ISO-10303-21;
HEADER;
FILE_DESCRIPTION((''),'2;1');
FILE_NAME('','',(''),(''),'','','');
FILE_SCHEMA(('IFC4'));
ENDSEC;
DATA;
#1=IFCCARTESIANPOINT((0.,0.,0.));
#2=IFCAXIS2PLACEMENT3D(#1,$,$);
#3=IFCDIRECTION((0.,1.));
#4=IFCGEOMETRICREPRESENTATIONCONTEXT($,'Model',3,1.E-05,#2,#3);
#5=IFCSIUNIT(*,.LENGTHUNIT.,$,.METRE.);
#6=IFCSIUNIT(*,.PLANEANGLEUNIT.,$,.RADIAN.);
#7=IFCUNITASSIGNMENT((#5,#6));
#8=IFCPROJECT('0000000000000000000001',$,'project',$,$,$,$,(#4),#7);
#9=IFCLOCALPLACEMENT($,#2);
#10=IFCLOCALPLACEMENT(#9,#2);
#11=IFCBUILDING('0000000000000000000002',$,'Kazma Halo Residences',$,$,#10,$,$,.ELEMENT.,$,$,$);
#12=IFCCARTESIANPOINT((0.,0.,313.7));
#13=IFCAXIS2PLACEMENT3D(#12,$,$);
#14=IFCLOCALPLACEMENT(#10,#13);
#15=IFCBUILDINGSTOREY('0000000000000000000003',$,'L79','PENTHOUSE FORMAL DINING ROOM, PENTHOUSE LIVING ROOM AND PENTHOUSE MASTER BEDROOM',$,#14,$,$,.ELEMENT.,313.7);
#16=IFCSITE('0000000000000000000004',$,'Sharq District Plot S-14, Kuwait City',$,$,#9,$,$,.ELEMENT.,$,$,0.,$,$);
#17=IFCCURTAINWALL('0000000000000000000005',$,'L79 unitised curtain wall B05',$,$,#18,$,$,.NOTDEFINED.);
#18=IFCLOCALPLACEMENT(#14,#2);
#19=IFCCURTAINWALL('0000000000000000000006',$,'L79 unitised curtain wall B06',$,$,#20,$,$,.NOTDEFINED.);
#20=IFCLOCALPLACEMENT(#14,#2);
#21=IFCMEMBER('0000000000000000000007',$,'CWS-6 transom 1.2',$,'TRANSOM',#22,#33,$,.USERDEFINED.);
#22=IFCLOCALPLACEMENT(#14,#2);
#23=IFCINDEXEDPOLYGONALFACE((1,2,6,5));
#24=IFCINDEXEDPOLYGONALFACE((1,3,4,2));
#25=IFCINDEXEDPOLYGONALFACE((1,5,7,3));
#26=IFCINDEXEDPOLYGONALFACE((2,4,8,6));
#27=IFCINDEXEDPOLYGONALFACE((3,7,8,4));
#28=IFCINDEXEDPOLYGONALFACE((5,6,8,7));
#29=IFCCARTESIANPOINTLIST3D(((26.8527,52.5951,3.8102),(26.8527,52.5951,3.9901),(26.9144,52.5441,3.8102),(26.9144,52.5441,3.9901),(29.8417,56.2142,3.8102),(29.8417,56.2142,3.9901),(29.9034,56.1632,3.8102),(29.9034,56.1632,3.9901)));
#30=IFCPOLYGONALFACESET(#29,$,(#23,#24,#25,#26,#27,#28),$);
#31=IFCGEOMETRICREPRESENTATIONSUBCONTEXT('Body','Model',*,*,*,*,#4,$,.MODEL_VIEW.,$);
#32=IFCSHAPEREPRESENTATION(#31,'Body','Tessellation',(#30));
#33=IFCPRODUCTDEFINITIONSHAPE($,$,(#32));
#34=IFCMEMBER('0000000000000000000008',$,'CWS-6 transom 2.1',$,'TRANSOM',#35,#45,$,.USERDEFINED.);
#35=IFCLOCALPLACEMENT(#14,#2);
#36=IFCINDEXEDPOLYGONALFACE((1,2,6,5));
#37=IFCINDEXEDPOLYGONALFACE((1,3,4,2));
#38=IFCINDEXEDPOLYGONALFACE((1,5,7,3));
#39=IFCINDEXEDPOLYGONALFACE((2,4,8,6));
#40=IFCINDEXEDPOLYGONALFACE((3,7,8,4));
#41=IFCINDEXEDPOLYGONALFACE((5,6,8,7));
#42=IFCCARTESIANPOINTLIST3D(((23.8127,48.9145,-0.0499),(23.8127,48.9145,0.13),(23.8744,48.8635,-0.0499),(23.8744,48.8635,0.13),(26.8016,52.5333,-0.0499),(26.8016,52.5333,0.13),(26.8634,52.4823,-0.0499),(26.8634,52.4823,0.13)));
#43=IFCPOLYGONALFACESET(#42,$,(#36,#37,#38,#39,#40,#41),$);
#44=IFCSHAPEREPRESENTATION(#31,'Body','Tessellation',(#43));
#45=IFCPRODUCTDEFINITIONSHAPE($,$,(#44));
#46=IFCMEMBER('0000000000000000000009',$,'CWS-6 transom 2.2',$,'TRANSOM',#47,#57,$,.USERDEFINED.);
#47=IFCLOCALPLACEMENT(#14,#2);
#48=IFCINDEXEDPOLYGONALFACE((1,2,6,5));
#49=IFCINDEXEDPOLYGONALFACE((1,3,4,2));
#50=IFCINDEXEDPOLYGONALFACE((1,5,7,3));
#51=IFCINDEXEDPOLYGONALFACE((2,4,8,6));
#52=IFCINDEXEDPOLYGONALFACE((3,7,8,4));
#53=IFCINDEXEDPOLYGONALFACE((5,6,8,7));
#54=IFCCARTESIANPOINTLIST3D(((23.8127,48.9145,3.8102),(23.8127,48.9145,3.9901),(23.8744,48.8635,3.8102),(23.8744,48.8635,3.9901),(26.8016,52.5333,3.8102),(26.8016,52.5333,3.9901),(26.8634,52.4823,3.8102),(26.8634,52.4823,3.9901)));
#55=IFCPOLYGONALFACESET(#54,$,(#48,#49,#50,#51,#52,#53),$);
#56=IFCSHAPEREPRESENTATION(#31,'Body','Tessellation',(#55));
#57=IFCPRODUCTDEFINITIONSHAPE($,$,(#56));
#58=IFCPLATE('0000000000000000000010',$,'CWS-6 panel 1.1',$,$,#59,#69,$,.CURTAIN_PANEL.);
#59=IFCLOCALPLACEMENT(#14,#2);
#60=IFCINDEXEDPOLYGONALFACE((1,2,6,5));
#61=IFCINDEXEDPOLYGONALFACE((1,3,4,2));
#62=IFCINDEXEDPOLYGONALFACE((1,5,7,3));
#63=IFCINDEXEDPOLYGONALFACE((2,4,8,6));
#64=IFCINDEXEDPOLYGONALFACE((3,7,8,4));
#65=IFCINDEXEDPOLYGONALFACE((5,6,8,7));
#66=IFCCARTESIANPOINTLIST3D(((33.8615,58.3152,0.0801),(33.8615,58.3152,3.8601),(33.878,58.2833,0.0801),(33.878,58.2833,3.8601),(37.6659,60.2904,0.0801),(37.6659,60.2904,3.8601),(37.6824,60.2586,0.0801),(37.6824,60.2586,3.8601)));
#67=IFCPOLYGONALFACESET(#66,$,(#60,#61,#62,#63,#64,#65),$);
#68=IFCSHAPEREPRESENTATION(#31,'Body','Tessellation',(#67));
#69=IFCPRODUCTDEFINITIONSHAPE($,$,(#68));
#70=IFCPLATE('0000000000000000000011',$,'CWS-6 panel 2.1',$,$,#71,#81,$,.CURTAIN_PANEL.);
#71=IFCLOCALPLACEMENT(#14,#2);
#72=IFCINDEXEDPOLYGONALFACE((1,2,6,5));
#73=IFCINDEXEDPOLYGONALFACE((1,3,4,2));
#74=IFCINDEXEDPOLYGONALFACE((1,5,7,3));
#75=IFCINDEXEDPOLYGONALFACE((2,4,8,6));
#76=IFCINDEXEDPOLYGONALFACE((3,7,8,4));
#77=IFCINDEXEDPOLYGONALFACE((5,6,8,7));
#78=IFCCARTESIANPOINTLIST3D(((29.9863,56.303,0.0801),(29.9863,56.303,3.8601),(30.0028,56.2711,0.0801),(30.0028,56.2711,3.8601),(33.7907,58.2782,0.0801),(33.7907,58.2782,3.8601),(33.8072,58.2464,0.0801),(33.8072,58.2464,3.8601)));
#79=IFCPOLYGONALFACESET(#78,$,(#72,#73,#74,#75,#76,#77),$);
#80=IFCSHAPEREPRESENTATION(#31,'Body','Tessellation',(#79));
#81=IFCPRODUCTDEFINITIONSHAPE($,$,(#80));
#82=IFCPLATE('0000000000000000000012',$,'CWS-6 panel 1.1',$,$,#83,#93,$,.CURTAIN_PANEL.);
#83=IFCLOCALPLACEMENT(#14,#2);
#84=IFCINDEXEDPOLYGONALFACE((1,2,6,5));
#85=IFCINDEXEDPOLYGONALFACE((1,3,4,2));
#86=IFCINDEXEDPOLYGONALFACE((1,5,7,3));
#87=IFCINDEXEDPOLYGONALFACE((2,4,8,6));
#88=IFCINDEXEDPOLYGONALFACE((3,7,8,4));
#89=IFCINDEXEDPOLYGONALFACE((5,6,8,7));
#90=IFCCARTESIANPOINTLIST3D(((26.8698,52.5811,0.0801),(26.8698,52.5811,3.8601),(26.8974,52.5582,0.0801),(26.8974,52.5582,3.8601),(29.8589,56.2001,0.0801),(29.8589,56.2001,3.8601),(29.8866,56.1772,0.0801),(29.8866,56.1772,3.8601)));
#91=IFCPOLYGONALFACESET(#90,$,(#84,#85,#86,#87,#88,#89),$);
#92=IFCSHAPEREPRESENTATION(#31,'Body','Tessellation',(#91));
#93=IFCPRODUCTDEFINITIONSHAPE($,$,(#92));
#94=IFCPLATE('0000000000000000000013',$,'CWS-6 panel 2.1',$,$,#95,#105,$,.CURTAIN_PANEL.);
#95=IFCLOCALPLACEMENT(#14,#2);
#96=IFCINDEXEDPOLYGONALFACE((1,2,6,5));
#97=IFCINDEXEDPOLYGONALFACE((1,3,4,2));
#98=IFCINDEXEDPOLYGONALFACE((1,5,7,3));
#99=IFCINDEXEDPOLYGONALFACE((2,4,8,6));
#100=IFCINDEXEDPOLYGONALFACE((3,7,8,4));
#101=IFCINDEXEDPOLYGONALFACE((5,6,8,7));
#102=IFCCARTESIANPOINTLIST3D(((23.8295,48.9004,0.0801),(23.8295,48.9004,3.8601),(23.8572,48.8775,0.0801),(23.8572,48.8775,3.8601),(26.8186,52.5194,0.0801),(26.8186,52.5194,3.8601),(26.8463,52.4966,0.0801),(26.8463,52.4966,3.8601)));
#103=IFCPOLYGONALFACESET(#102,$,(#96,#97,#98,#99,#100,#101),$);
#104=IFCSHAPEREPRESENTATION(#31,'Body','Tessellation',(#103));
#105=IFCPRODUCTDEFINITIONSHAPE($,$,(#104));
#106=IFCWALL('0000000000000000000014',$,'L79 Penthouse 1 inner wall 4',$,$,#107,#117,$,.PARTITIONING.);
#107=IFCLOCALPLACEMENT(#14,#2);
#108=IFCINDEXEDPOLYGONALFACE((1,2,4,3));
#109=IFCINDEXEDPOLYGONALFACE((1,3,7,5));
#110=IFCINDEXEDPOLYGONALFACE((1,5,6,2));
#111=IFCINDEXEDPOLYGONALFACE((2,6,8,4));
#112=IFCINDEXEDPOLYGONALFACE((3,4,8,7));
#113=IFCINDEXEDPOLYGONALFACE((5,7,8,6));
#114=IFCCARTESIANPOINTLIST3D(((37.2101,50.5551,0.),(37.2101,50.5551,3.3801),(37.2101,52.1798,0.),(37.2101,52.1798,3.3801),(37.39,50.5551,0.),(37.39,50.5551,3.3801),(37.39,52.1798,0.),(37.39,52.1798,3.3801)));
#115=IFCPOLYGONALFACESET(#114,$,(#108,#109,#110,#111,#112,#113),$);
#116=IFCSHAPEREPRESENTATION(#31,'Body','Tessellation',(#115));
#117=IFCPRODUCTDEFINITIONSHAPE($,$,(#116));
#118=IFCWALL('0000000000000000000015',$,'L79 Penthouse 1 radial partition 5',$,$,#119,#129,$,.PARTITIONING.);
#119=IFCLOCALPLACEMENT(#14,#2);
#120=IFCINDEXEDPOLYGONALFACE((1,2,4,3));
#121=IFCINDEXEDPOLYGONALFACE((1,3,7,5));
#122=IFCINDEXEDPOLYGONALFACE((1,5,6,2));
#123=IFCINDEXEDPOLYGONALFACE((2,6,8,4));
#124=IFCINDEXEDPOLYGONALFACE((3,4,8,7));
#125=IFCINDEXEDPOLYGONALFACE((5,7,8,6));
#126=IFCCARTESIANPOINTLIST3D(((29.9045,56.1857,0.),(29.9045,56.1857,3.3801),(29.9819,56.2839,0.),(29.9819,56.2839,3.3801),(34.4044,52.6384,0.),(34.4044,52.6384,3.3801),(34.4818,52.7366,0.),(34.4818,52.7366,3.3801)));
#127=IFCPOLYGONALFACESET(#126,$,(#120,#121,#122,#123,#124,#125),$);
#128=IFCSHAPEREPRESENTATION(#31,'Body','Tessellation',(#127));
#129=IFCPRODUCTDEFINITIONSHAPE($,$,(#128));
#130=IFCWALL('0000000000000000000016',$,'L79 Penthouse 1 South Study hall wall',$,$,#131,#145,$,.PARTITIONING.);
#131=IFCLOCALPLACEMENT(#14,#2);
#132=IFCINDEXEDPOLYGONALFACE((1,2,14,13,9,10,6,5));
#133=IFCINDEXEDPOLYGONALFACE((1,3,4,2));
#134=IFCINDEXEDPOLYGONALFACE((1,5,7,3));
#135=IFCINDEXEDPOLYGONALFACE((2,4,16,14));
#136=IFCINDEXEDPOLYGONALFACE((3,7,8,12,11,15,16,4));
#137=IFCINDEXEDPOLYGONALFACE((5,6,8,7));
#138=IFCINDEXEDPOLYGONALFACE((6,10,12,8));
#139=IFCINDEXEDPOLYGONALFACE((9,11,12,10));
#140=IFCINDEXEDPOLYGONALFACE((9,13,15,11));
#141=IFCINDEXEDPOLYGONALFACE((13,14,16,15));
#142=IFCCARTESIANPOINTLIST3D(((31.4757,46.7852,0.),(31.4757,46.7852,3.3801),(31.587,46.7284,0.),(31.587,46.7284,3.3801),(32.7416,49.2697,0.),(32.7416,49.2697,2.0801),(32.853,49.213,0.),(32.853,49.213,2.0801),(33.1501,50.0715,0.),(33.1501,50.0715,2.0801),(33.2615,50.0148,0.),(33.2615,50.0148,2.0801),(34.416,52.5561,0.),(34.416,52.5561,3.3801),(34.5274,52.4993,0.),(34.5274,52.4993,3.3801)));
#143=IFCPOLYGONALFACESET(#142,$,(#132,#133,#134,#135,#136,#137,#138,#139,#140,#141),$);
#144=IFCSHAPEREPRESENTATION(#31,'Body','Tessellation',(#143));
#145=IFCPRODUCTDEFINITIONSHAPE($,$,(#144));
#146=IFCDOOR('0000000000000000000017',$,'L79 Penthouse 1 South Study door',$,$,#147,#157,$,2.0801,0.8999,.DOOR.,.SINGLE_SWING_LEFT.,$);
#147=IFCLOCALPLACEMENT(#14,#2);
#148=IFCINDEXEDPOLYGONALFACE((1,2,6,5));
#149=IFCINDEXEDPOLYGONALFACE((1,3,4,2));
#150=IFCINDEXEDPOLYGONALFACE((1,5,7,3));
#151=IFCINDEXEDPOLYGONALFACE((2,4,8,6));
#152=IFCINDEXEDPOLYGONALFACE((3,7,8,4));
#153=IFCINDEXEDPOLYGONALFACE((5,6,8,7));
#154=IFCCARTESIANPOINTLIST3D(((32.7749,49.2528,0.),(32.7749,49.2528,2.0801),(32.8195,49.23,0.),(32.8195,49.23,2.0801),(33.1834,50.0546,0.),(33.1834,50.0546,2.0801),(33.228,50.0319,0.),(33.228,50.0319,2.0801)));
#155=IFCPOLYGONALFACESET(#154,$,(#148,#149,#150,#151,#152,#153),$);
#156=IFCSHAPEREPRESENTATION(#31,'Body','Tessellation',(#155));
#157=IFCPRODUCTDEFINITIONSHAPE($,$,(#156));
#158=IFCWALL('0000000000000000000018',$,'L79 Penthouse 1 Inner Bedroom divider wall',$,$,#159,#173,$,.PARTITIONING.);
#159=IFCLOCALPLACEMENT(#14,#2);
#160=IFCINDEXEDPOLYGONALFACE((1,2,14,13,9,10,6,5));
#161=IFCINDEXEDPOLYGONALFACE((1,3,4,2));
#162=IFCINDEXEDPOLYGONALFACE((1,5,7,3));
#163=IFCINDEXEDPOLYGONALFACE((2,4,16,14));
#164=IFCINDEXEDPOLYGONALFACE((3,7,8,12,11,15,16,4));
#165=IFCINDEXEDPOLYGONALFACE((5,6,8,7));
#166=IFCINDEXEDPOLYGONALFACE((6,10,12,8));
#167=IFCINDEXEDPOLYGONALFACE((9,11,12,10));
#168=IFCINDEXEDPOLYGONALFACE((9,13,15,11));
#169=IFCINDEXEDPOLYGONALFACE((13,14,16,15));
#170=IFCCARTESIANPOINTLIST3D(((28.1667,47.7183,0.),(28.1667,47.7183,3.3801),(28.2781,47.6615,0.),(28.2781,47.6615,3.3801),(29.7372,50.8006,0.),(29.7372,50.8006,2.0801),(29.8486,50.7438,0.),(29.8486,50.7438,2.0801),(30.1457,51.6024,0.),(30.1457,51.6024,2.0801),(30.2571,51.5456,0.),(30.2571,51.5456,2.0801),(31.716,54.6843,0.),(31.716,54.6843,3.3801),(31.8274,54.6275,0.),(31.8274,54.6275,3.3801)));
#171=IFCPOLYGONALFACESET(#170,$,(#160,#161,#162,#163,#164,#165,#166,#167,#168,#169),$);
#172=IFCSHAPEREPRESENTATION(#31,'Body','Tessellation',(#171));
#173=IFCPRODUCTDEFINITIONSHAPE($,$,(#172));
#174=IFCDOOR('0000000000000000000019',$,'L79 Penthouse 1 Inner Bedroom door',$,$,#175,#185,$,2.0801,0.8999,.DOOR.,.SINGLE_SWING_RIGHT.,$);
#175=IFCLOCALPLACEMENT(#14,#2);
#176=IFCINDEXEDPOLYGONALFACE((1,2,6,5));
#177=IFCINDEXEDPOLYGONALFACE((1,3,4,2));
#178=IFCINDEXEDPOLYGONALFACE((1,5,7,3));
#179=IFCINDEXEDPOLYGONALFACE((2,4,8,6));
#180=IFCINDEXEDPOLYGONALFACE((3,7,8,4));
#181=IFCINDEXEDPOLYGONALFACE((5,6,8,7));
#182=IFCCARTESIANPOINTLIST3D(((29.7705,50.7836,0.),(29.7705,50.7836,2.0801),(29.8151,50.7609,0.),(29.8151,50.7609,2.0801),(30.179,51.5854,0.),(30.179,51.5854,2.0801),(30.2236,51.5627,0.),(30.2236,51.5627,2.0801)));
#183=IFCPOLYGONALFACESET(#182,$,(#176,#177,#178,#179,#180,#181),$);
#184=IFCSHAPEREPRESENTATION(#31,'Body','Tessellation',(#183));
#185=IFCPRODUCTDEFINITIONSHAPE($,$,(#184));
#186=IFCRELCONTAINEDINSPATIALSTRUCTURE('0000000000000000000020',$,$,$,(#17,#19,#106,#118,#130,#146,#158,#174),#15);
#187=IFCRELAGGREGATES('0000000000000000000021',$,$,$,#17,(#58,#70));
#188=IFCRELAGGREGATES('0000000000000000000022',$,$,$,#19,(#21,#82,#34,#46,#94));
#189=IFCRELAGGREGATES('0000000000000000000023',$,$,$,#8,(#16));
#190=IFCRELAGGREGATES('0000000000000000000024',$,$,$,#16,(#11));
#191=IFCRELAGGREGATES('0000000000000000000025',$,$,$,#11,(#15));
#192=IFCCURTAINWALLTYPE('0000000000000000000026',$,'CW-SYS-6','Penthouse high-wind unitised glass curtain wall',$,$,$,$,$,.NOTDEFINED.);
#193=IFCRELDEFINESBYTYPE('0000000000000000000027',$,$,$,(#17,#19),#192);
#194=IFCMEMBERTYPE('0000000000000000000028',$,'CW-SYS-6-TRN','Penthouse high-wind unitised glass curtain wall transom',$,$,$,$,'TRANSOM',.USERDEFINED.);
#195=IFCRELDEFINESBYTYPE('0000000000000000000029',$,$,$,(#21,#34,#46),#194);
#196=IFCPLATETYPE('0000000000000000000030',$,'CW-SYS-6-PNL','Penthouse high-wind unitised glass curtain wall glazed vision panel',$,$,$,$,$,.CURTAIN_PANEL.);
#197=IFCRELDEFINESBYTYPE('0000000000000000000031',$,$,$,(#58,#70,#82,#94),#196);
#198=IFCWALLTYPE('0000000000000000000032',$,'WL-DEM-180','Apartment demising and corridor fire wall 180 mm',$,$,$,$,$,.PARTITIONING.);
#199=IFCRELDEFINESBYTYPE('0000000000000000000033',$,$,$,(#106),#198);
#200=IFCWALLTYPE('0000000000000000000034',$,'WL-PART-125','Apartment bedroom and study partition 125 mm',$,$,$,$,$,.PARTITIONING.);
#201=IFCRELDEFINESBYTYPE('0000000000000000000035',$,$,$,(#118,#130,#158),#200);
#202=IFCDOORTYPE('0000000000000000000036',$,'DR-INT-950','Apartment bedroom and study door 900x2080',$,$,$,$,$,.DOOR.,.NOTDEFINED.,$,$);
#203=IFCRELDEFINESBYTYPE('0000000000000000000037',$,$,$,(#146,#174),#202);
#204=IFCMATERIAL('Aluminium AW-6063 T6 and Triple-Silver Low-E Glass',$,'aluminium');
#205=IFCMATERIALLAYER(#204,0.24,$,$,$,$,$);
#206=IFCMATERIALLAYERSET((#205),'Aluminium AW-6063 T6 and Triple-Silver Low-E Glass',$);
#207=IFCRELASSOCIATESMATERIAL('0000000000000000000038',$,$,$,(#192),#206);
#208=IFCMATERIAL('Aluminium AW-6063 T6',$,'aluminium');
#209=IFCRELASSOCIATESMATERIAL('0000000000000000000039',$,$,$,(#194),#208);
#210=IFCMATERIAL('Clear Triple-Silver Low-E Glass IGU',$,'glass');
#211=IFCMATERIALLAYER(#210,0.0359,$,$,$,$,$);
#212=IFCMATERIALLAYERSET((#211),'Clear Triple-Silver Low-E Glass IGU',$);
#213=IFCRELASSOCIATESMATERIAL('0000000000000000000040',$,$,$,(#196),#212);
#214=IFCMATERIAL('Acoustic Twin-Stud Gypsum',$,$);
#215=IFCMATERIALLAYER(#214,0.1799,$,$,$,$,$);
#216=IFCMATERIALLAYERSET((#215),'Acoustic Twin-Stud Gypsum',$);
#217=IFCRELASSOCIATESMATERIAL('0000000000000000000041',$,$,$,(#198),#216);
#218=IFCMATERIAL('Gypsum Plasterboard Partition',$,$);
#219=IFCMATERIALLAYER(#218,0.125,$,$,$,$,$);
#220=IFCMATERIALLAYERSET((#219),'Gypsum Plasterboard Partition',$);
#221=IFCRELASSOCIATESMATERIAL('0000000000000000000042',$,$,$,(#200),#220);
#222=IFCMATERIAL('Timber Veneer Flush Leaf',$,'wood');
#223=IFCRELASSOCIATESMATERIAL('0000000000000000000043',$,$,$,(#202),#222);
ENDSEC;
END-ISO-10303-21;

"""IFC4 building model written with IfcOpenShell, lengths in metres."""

from ifc_helpers import new_model, si_unit, direction, frame, frame_2d, origin, origin_2d, place, context, subcontext, project, spatial, rectangle, extrude, material, layer, layer_set, material_profile, profile_set, type_object, element, fill, aggregate, save


model = new_model("IFC4")

# Units and contexts
model_context = context("Model", 3, precision=1e-05, world=origin(), true_north=direction((0.0, 1.0)))
body_context = subcontext(model_context, "Body", "Model", "MODEL_VIEW")
ifc_project = project(units=[si_unit("LENGTHUNIT", "METRE"), si_unit("PLANEANGLEUNIT", "RADIAN")], contexts=[model_context])

# Site, building, storey
site_placement = place(None, origin())
site = spatial("IfcSite", under=ifc_project, at=site_placement, Name="Sharq District Plot S-14, Kuwait City", CompositionType="ELEMENT", RefElevation=0.0)
building_placement = place(site_placement, origin())
building = spatial("IfcBuilding", under=site, at=building_placement, Name="Kazma Halo Residences", CompositionType="ELEMENT")
storey_placement = place(building_placement, frame((0.0, 0.0, 313.7)))
storey = spatial("IfcBuildingStorey", under=building, at=storey_placement, Name="L79", Description="PENTHOUSE FORMAL DINING ROOM, PENTHOUSE LIVING ROOM AND PENTHOUSE MASTER BEDROOM", CompositionType="ELEMENT", Elevation=313.7)

# Curtain walls
ifc_material_1 = material(Name="Aluminium AW-6063 T6 and Triple-Silver Low-E Glass", Category="aluminium")
ifc_layer_1 = layer(ifc_material_1, 0.24)
ifc_layer_set_1 = layer_set([ifc_layer_1], Name="Aluminium AW-6063 T6 and Triple-Silver Low-E Glass")
curtain_wall_type = type_object("IfcCurtainWallType", Name="CW-SYS-6", Description="Penthouse high-wind unitised glass curtain wall", PredefinedType="NOTDEFINED", material=ifc_layer_set_1)
curtain_wall_1_placement = place(storey_placement, origin())
curtain_wall_1 = element("IfcCurtainWall", 1, at=curtain_wall_1_placement, inside=storey, type_object=curtain_wall_type, Name="L79 unitised curtain wall B05", PredefinedType="NOTDEFINED")
ifc_material_2 = material(Name="Aluminium AW-6063 T6", Category="aluminium")
curtain_wall_2_placement = place(storey_placement, origin())
curtain_wall_2 = element("IfcCurtainWall", 2, at=curtain_wall_2_placement, inside=storey, type_object=curtain_wall_type, Name="L79 unitised curtain wall B06", PredefinedType="NOTDEFINED")

# Members
ifc_material_profile_1 = material_profile(ifc_material_2, rectangle(XDim=0.0801, YDim=0.1799, at=origin_2d()), Name="CWT-80x180")
ifc_profile_set_1 = profile_set([ifc_material_profile_1], Name="Aluminium AW-6063 T6")
member_type_1 = type_object("IfcMemberType", Name="CW-SYS-6-TRN", Description="Penthouse high-wind unitised glass curtain wall transom", ElementType="TRANSOM", PredefinedType="USERDEFINED", material=ifc_profile_set_1)
member_1_placement = place(storey_placement, frame((29.8726, 56.1887, 3.9001), z_axis=(-0.636791, -0.771036, 0.0), x_axis=(0.771036, -0.636791, 0.0)))
member_1 = element("IfcMember", 3, at=member_1_placement, type_object=member_type_1, Name="CWS-6 transom 1.2", ObjectType="TRANSOM", PredefinedType="USERDEFINED", context=body_context, shape_type="SweptSolid", body=[
    extrude(rectangle(XDim=0.0801, YDim=0.1799, at=origin_2d()), origin(), (0.0, 0.0, 1.0), 4.6938),
])
member_2_placement = place(storey_placement, frame((26.8325, 52.5078, 0.04), z_axis=(-0.636817, -0.771015, 0.0), x_axis=(0.771015, -0.636817, 0.0)))
member_2 = element("IfcMember", 4, at=member_2_placement, type_object=member_type_1, Name="CWS-6 transom 2.1", ObjectType="TRANSOM", PredefinedType="USERDEFINED", context=body_context, shape_type="SweptSolid", body=[
    extrude(rectangle(XDim=0.0801, YDim=0.1799, at=origin_2d()), origin(), (0.0, 0.0, 1.0), 4.6936),
])
member_3_placement = place(storey_placement, frame((26.8325, 52.5078, 3.9001), z_axis=(-0.636817, -0.771015, 0.0), x_axis=(0.771015, -0.636817, 0.0)))
member_3 = element("IfcMember", 5, at=member_3_placement, type_object=member_type_1, Name="CWS-6 transom 2.2", ObjectType="TRANSOM", PredefinedType="USERDEFINED", context=body_context, shape_type="SweptSolid", body=[
    extrude(rectangle(XDim=0.0801, YDim=0.1799, at=origin_2d()), origin(), (0.0, 0.0, 1.0), 4.6936),
])

# Plates
ifc_material_3 = material(Name="Clear Triple-Silver Low-E Glass IGU", Category="glass")
ifc_layer_2 = layer(ifc_material_3, 0.0359)
ifc_layer_set_2 = layer_set([ifc_layer_2], Name="Clear Triple-Silver Low-E Glass IGU")
plate_type = type_object("IfcPlateType", Name="CW-SYS-6-PNL", Description="Penthouse high-wind unitised glass curtain wall glazed vision panel", PredefinedType="CURTAIN_PANEL", material=ifc_layer_set_2)
plate_1_placement = place(storey_placement, frame((35.772, 59.2869, 0.0801), z_axis=(0.0, 0.0, 1.0), x_axis=(-0.887506, -0.460796, 0.0)))
plate_1 = element("IfcPlate", 6, at=plate_1_placement, type_object=plate_type, Name="CWS-6 panel 1.1", PredefinedType="CURTAIN_PANEL", context=body_context, shape_type="SweptSolid", body=[
    extrude(rectangle(XDim=4.2866, YDim=0.0359, at=origin_2d()), origin(), (0.0, 0.0, 1.0), 3.78),
])
plate_2_placement = place(storey_placement, frame((31.8967, 57.2747, 0.0801), z_axis=(0.0, 0.0, 1.0), x_axis=(-0.887506, -0.460796, 0.0)))
plate_2 = element("IfcPlate", 7, at=plate_2_placement, type_object=plate_type, Name="CWS-6 panel 2.1", PredefinedType="CURTAIN_PANEL", context=body_context, shape_type="SweptSolid", body=[
    extrude(rectangle(XDim=4.2866, YDim=0.0359, at=origin_2d()), origin(), (0.0, 0.0, 1.0), 3.78),
])
aggregate(curtain_wall_1, [plate_1, plate_2])
plate_3_placement = place(storey_placement, frame((28.3782, 54.3792, 0.0801), z_axis=(0.0, 0.0, 1.0), x_axis=(-0.636818, -0.771014, 0.0)))
plate_3 = element("IfcPlate", 8, at=plate_3_placement, type_object=plate_type, Name="CWS-6 panel 1.1", PredefinedType="CURTAIN_PANEL", context=body_context, shape_type="SweptSolid", body=[
    extrude(rectangle(XDim=4.6938, YDim=0.0359, at=origin_2d()), origin(), (0.0, 0.0, 1.0), 3.78),
])
plate_4_placement = place(storey_placement, frame((25.3379, 50.6985, 0.0801), z_axis=(0.0, 0.0, 1.0), x_axis=(-0.636818, -0.771014, 0.0)))
plate_4 = element("IfcPlate", 9, at=plate_4_placement, type_object=plate_type, Name="CWS-6 panel 2.1", PredefinedType="CURTAIN_PANEL", context=body_context, shape_type="SweptSolid", body=[
    extrude(rectangle(XDim=4.6938, YDim=0.0359, at=origin_2d()), origin(), (0.0, 0.0, 1.0), 3.78),
])
aggregate(curtain_wall_2, [member_1, plate_3, member_2, member_3, plate_4])

# Walls
ifc_material_4 = material(Name="Acoustic Twin-Stud Gypsum")
ifc_layer_3 = layer(ifc_material_4, 0.1799)
ifc_layer_set_3 = layer_set([ifc_layer_3], Name="Acoustic Twin-Stud Gypsum")
wall_type_1 = type_object("IfcWallType", Name="WL-DEM-180", Description="Apartment demising and corridor fire wall 180 mm", PredefinedType="PARTITIONING", material=ifc_layer_set_3)
wall_1_placement = place(storey_placement, frame((37.3, 52.1799, 0.0), z_axis=(0.0, 0.0, 1.0), x_axis=(0.0, -1.0, 0.0)))
element("IfcWall", 10, at=wall_1_placement, inside=storey, type_object=wall_type_1, Name="L79 Penthouse 1 inner wall 4", PredefinedType="PARTITIONING", context=body_context, shape_type="SweptSolid", body=[
    extrude(rectangle(XDim=1.6248, YDim=0.1799, at=frame_2d((0.8125, 0.0))), origin(), (0.0, 0.0, 1.0), 3.3801),
])
ifc_material_5 = material(Name="Gypsum Plasterboard Partition")
ifc_layer_4 = layer(ifc_material_5, 0.125)
ifc_layer_set_4 = layer_set([ifc_layer_4], Name="Gypsum Plasterboard Partition")
wall_type_2 = type_object("IfcWallType", Name="WL-PART-125", Description="Apartment bedroom and study partition 125 mm", PredefinedType="PARTITIONING", material=ifc_layer_set_4)
wall_2_placement = place(storey_placement, frame((34.4431, 52.6875, 0.0), z_axis=(0.0, 0.0, 1.0), x_axis=(-0.78533, 0.619078, 0.0)))
element("IfcWall", 11, at=wall_2_placement, inside=storey, type_object=wall_type_2, Name="L79 Penthouse 1 radial partition 5", PredefinedType="PARTITIONING", context=body_context, shape_type="SweptSolid", body=[
    extrude(rectangle(XDim=5.73, YDim=0.125, at=frame_2d((2.865, 0.0))), origin(), (0.0, 0.0, 1.0), 3.3801),
])

# Walls, openings, doors
wall_3_placement = place(storey_placement, frame((34.4717, 52.5276, 0.0), z_axis=(0.0, 0.0, 1.0), x_axis=(-0.453986, -0.891009, 0.0)))
wall_3 = element("IfcWall", 12, at=wall_3_placement, inside=storey, type_object=wall_type_2, Name="L79 Penthouse 1 South Study hall wall", PredefinedType="PARTITIONING", context=body_context, shape_type="SweptSolid", body=[
    extrude(rectangle(XDim=6.4768, YDim=0.125, at=frame_2d((3.2383, 0.0))), origin(), (0.0, 0.0, 1.0), 3.3801),
])
opening_1_placement = place(wall_3_placement, frame((2.7883, 0.0, 0.0)))
opening_1 = element("IfcOpeningElement", 13, at=opening_1_placement, cuts=wall_3, PredefinedType="OPENING", context=body_context, shape_type="SweptSolid", body=[
    extrude(rectangle(XDim=0.8999, YDim=2.0801, at=frame_2d((0.45, 1.04))), frame((0.0, 0.0725, 0.0), z_axis=(0.0, -1.0, 0.0), x_axis=(1.0, 0.0, 0.0)), (0.0, 0.0, 1.0), 0.145),
])
ifc_material_6 = material(Name="Timber Veneer Flush Leaf", Category="wood")
door_type = type_object("IfcDoorType", Name="DR-INT-950", Description="Apartment bedroom and study door 900x2080", OperationType="NOTDEFINED", PredefinedType="DOOR", material=ifc_material_6)
door_1_placement = place(opening_1_placement, origin())
door_1 = element("IfcDoor", 14, at=door_1_placement, inside=storey, type_object=door_type, Name="L79 Penthouse 1 South Study door", OperationType="SINGLE_SWING_LEFT", OverallHeight=2.0801, OverallWidth=0.8999, PredefinedType="DOOR", context=body_context, shape_type="SweptSolid", body=[
    extrude(rectangle(XDim=0.8999, YDim=2.0801, at=frame_2d((0.45, 1.04))), frame((0.0, 0.0249, 0.0), z_axis=(0.0, -1.0, 0.0), x_axis=(1.0, 0.0, 0.0)), (0.0, 0.0, 1.0), 0.05),
])
fill(opening_1, door_1)
wall_4_placement = place(storey_placement, frame((31.7717, 54.656, 0.0), z_axis=(0.0, 0.0, 1.0), x_axis=(-0.453983, -0.89101, 0.0)))
wall_4 = element("IfcWall", 15, at=wall_4_placement, inside=storey, type_object=wall_type_2, Name="L79 Penthouse 1 Inner Bedroom divider wall", PredefinedType="PARTITIONING", context=body_context, shape_type="SweptSolid", body=[
    extrude(rectangle(XDim=7.8181, YDim=0.125, at=frame_2d((3.9092, 0.0))), origin(), (0.0, 0.0, 1.0), 3.3801),
])
opening_2_placement = place(wall_4_placement, frame((3.459, 0.0, 0.0)))
opening_2 = element("IfcOpeningElement", 16, at=opening_2_placement, cuts=wall_4, PredefinedType="OPENING", context=body_context, shape_type="SweptSolid", body=[
    extrude(rectangle(XDim=0.8999, YDim=2.0801, at=frame_2d((0.45, 1.04))), frame((0.0, 0.0725, 0.0), z_axis=(0.0, -1.0, 0.0), x_axis=(1.0, 0.0, 0.0)), (0.0, 0.0, 1.0), 0.145),
])
door_2_placement = place(opening_2_placement, origin())
door_2 = element("IfcDoor", 17, at=door_2_placement, inside=storey, type_object=door_type, Name="L79 Penthouse 1 Inner Bedroom door", OperationType="SINGLE_SWING_RIGHT", OverallHeight=2.0801, OverallWidth=0.8999, PredefinedType="DOOR", context=body_context, shape_type="SweptSolid", body=[
    extrude(rectangle(XDim=0.8999, YDim=2.0801, at=frame_2d((0.45, 1.04))), frame((0.0, 0.0249, 0.0), z_axis=(0.0, -1.0, 0.0), x_axis=(1.0, 0.0, 0.0)), (0.0, 0.0, 1.0), 0.05),
])
fill(opening_2, door_2)

save(model, "model.ifc")
